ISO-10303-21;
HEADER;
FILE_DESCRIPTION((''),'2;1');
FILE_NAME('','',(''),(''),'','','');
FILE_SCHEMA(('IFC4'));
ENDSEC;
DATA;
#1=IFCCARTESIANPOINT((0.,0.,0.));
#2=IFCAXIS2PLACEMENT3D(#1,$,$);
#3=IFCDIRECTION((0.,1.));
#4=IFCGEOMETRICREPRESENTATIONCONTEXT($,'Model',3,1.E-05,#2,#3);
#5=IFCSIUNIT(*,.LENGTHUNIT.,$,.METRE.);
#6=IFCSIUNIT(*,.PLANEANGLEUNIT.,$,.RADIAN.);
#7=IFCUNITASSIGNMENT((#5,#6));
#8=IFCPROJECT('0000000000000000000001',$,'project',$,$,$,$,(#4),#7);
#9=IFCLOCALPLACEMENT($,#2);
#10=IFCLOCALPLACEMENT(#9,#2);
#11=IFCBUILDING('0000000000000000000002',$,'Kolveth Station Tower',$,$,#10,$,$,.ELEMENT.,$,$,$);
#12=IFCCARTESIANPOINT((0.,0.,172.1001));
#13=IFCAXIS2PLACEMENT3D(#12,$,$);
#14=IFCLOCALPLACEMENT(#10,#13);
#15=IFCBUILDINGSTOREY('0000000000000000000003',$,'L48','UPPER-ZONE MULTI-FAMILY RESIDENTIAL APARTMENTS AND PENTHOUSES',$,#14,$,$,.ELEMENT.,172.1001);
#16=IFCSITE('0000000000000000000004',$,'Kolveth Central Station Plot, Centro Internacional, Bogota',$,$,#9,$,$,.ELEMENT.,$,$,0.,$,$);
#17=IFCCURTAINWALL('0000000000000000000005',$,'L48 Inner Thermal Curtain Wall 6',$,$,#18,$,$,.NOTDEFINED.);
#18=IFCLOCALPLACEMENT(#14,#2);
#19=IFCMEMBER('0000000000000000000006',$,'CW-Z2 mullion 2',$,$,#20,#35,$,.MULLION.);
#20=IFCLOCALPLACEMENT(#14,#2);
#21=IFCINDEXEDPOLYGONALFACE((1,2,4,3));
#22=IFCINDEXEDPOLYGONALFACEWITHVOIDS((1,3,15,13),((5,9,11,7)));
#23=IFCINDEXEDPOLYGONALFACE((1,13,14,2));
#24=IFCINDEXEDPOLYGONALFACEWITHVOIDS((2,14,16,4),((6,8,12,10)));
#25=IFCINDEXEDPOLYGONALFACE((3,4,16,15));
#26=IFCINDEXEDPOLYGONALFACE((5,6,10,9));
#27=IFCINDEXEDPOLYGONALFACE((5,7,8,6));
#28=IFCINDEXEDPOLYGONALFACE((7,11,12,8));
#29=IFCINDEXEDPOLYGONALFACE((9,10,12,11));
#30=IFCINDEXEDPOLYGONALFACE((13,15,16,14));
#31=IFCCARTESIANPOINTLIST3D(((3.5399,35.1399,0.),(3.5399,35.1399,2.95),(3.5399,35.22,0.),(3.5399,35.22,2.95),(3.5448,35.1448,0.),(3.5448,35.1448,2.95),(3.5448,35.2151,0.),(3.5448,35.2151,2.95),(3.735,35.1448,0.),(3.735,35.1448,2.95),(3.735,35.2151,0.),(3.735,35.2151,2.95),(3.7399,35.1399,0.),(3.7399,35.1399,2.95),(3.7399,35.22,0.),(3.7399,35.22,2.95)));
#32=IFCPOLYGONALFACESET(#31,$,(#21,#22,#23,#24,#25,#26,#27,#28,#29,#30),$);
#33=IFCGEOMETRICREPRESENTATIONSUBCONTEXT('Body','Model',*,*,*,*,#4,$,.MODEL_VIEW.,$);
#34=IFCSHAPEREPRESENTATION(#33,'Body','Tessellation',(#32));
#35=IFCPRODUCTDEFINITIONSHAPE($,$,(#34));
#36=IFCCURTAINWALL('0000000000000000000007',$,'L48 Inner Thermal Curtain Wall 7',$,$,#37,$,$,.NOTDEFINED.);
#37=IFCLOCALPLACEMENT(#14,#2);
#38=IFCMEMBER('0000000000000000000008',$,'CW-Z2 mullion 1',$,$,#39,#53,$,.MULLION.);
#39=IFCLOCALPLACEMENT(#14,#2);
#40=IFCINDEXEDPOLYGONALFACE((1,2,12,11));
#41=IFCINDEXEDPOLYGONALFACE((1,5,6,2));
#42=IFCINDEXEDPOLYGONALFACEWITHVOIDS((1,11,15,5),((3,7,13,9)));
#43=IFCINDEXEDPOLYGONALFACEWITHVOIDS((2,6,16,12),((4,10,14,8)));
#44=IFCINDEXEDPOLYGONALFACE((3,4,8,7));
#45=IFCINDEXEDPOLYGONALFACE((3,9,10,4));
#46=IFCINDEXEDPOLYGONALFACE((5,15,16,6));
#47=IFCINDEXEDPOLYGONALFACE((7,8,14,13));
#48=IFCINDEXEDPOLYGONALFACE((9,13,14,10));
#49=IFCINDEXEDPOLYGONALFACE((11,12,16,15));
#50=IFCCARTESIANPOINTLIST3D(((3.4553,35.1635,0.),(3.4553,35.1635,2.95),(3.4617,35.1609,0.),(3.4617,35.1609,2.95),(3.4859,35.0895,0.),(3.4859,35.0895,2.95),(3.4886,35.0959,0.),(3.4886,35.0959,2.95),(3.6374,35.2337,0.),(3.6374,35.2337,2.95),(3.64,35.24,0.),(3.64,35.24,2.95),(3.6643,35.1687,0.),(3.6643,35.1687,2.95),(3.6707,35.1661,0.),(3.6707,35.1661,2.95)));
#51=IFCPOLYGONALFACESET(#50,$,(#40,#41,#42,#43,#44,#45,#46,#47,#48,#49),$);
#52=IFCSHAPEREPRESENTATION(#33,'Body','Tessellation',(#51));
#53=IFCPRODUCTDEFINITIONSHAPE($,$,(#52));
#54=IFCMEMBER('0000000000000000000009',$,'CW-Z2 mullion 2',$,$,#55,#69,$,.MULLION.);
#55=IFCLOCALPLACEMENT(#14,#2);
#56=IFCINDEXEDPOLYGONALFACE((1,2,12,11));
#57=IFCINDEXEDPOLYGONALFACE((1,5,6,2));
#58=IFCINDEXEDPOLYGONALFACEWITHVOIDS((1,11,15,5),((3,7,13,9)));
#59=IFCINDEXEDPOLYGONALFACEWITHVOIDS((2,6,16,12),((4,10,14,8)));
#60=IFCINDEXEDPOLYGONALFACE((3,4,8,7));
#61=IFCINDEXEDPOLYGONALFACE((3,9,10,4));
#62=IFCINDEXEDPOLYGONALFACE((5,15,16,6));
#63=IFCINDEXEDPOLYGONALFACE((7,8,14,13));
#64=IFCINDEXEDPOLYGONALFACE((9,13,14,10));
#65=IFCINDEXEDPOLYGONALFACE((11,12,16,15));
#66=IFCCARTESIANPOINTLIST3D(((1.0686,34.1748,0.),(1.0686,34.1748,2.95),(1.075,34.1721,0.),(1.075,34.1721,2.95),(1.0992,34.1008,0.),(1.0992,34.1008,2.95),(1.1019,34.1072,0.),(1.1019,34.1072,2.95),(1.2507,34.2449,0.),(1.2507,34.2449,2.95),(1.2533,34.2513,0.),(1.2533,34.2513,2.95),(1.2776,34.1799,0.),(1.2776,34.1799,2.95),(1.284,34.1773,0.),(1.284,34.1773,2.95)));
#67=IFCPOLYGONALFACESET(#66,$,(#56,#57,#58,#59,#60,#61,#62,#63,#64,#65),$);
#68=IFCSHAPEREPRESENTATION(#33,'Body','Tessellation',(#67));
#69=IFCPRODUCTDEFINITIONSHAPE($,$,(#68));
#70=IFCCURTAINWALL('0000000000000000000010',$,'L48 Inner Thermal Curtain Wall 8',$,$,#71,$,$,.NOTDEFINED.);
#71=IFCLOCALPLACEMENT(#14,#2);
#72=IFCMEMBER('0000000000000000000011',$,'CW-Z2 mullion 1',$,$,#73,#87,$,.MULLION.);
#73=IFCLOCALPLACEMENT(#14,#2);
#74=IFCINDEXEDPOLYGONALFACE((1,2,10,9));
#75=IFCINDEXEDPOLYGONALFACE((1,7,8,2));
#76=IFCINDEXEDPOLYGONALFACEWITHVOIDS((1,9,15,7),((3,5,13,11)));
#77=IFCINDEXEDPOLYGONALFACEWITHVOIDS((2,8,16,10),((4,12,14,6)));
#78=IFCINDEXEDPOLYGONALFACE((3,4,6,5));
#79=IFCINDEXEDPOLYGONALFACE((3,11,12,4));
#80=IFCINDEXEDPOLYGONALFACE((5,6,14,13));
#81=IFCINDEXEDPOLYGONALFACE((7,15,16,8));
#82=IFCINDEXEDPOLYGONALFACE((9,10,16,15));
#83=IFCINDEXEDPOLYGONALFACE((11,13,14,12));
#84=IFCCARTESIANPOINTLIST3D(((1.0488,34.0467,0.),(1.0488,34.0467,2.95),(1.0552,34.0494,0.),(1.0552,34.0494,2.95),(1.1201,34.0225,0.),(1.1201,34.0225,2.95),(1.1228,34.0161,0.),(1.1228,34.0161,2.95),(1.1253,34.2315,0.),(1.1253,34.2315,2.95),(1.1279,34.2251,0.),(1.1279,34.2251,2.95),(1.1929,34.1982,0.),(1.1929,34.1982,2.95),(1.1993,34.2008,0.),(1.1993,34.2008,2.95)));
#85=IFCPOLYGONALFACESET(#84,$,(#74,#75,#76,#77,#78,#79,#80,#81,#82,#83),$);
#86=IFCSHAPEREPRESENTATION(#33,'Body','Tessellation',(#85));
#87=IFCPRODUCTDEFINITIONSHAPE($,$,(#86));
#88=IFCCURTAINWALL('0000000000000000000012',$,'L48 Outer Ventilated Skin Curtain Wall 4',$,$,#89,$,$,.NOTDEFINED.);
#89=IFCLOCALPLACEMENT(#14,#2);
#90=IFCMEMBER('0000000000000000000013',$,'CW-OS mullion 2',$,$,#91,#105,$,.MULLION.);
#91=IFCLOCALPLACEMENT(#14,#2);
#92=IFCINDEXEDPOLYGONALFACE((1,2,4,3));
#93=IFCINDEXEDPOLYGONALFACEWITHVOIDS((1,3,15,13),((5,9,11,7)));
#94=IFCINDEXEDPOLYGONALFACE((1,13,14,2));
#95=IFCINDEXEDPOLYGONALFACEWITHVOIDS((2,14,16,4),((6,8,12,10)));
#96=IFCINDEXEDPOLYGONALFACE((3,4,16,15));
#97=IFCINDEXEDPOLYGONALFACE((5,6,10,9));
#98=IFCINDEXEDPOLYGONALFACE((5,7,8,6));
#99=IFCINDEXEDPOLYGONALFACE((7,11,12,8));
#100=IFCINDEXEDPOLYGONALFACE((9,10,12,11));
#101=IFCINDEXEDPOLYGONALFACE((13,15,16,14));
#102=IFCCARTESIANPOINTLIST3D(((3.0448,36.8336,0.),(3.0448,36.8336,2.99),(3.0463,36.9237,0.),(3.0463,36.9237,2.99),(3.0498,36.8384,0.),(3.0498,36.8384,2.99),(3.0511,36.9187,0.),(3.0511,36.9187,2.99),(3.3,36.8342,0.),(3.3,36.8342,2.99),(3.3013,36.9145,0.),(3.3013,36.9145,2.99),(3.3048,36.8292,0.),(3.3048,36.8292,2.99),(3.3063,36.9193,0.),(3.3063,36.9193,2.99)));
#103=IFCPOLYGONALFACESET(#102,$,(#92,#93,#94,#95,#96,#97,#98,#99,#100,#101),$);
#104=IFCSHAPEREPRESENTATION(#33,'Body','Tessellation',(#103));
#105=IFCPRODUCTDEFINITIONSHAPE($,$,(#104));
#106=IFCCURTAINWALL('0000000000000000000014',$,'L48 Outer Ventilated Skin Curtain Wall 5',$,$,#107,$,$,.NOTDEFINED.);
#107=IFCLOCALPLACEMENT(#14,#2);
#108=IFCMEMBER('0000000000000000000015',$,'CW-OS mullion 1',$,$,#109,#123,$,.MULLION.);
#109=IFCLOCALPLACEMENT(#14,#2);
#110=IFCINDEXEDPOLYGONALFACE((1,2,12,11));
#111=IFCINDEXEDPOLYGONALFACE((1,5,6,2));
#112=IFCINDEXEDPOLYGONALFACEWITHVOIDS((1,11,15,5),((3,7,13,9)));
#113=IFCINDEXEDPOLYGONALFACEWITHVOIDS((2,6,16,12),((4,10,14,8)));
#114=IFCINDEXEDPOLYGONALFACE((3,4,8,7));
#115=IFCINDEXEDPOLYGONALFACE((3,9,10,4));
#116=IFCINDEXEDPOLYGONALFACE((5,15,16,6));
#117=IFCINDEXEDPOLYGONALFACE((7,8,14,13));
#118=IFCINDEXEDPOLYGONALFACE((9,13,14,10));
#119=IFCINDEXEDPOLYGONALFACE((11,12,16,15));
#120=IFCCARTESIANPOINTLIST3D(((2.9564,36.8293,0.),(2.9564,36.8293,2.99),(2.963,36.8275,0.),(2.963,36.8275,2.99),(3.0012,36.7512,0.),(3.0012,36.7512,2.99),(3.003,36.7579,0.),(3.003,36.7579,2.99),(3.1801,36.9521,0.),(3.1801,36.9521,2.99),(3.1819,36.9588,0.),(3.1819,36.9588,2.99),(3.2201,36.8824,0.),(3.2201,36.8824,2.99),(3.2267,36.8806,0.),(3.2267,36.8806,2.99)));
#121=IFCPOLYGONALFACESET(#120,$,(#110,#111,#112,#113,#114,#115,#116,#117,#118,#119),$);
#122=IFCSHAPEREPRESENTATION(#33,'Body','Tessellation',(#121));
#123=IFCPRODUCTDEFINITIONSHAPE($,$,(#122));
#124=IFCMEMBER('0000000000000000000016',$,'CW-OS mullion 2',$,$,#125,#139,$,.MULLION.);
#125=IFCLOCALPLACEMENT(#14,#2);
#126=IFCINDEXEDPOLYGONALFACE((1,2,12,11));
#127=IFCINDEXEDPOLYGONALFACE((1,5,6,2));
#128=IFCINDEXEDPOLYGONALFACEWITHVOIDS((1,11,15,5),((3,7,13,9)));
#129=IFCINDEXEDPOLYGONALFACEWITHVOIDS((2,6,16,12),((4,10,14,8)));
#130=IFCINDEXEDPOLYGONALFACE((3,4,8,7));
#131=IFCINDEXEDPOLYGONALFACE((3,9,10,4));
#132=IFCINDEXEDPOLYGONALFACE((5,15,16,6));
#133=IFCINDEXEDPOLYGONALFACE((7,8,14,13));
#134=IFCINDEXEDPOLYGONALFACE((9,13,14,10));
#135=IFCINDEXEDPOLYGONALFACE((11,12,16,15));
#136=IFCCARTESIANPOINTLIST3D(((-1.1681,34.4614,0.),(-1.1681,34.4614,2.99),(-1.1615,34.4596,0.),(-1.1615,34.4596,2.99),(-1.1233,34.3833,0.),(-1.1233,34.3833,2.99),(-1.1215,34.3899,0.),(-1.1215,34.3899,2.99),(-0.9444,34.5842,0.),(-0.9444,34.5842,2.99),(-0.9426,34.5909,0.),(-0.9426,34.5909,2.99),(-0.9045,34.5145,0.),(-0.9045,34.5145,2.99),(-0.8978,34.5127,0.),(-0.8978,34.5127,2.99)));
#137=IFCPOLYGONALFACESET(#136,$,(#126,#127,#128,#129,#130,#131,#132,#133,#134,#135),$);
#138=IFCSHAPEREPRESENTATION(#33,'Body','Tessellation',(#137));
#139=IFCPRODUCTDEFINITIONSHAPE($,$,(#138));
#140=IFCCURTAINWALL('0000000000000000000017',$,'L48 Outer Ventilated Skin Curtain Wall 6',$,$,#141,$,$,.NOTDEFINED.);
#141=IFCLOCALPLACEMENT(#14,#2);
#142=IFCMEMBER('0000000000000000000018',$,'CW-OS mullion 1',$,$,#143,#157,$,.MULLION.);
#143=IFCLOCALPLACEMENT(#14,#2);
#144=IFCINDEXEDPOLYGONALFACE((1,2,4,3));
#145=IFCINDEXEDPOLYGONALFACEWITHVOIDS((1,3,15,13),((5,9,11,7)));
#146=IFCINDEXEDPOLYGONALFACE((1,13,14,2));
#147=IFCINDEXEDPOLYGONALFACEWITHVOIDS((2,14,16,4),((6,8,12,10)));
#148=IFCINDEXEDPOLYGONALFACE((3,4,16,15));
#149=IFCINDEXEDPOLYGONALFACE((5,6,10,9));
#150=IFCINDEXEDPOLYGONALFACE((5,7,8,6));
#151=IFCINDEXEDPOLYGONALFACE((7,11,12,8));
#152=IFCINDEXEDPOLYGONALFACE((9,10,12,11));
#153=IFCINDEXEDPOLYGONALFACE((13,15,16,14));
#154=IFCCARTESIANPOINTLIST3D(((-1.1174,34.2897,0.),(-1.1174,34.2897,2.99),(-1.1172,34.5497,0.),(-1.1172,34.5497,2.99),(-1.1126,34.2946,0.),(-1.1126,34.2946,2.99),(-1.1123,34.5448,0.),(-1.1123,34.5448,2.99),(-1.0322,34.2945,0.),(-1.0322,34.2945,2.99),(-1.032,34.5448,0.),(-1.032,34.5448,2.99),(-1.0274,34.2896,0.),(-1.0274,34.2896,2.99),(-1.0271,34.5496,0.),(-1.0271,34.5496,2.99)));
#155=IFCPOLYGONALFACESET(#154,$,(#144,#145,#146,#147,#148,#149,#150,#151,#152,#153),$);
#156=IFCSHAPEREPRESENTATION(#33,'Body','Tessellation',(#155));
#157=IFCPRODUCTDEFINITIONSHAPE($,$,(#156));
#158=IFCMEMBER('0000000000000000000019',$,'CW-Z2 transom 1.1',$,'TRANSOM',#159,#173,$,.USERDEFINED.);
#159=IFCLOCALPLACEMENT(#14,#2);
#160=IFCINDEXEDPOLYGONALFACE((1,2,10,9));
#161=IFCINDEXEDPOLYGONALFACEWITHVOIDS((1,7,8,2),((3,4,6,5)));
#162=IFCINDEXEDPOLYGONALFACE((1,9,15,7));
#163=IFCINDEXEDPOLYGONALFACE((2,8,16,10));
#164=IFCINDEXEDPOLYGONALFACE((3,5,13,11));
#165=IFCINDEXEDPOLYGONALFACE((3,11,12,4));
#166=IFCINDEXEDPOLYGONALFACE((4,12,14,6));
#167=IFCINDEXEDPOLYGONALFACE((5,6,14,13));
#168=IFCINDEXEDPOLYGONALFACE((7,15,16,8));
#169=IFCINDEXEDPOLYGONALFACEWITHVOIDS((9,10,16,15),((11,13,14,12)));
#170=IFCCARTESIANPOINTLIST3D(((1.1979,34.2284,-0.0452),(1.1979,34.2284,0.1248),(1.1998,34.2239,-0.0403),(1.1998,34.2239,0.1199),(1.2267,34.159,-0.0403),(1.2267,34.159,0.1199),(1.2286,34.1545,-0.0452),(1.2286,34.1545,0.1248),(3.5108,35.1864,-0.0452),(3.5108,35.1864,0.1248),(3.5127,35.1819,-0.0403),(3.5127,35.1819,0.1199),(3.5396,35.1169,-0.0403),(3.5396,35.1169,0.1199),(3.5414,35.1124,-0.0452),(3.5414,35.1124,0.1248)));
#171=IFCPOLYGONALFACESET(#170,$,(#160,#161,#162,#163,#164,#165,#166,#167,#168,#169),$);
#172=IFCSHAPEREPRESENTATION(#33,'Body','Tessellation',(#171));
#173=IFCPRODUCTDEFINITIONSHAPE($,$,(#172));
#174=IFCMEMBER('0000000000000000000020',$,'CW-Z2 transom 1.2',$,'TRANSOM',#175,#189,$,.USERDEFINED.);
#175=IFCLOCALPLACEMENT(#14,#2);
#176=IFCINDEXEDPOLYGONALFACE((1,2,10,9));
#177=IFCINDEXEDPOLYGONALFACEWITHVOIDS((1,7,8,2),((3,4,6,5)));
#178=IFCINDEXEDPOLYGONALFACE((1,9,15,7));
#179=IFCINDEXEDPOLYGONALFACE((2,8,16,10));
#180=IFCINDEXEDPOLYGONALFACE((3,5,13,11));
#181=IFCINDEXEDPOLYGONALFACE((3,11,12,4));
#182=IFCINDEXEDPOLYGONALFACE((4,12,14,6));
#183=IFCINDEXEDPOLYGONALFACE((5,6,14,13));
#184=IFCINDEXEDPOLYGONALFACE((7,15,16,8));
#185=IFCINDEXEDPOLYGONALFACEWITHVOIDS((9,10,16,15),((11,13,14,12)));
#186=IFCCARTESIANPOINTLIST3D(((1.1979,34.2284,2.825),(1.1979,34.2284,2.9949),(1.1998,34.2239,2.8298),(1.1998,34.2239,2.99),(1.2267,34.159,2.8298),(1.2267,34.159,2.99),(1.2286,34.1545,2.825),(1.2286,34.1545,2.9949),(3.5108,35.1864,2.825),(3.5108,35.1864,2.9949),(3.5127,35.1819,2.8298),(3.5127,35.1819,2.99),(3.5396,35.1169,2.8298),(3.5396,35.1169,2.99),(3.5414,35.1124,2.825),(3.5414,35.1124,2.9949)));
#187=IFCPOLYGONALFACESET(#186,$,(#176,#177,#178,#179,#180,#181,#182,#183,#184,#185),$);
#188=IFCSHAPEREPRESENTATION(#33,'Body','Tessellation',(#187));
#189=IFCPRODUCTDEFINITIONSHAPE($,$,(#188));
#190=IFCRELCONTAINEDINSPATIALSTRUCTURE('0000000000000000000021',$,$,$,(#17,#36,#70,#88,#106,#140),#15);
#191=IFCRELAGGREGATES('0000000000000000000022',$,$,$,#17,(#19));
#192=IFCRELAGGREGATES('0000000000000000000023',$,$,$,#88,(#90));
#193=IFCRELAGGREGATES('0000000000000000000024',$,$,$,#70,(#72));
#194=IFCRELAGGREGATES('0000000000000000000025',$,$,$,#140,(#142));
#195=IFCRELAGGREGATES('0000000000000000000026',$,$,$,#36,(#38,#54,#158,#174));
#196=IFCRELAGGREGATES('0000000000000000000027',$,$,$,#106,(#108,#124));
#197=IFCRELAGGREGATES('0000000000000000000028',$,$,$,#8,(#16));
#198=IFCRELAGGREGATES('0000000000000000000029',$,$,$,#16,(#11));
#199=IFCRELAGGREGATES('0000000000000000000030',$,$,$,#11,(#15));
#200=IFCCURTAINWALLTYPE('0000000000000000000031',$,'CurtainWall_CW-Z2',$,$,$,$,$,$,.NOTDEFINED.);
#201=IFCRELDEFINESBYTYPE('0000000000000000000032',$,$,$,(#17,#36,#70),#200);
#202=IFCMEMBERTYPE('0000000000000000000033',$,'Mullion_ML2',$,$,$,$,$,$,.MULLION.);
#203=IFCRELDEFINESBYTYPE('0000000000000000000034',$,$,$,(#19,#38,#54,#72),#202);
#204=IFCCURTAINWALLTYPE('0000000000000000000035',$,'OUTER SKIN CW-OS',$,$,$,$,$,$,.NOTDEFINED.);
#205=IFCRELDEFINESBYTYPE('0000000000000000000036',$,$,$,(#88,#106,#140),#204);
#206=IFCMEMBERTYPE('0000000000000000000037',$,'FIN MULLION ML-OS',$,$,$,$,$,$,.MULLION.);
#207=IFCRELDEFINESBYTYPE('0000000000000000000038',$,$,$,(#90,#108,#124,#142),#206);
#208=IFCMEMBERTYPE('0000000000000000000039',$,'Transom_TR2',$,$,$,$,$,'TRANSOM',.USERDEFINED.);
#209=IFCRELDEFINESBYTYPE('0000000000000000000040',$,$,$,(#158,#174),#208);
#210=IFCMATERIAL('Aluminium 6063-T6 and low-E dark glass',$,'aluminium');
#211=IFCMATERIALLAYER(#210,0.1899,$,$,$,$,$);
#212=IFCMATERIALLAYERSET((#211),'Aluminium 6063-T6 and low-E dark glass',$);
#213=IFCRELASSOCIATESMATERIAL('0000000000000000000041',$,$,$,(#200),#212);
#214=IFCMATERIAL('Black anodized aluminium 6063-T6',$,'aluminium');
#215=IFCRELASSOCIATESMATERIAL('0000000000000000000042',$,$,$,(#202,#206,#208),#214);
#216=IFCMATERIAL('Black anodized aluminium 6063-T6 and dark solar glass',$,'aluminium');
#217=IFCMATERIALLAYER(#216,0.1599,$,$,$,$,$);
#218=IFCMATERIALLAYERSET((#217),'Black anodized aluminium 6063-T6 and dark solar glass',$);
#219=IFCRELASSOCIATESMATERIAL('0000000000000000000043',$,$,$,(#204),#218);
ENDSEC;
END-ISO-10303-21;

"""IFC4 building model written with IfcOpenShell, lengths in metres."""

from ifc_helpers import new_model, si_unit, direction, frame, origin, origin_2d, place, context, subcontext, project, spatial, hollow_rectangle, extrude, source, transform, mapped, material, layer, layer_set, material_profile, profile_set, type_object, element, aggregate, save


model = new_model("IFC4")

# Units and contexts
model_context = context("Model", 3, precision=1e-05, world=origin(), true_north=direction((0.0, 1.0)))
body_context = subcontext(model_context, "Body", "Model", "MODEL_VIEW")
ifc_project = project(units=[si_unit("LENGTHUNIT", "METRE"), si_unit("PLANEANGLEUNIT", "RADIAN")], contexts=[model_context])

# Site, building, storey
site_placement = place(None, origin())
site = spatial("IfcSite", under=ifc_project, at=site_placement, Name="Kolveth Central Station Plot, Centro Internacional, Bogota", CompositionType="ELEMENT", RefElevation=0.0)
building_placement = place(site_placement, origin())
building = spatial("IfcBuilding", under=site, at=building_placement, Name="Kolveth Station Tower", CompositionType="ELEMENT")
storey_placement = place(building_placement, frame((0.0, 0.0, 172.1001)))
storey = spatial("IfcBuildingStorey", under=building, at=storey_placement, Name="L48", Description="UPPER-ZONE MULTI-FAMILY RESIDENTIAL APARTMENTS AND PENTHOUSES", CompositionType="ELEMENT", Elevation=172.1001)

# Curtain wall, member
ifc_material_1 = material(Name="Aluminium 6063-T6 and low-E dark glass", Category="aluminium")
ifc_layer_1 = layer(ifc_material_1, 0.1899)
ifc_layer_set_1 = layer_set([ifc_layer_1], Name="Aluminium 6063-T6 and low-E dark glass")
curtain_wall_type_1 = type_object("IfcCurtainWallType", Name="CurtainWall_CW-Z2", PredefinedType="NOTDEFINED", material=ifc_layer_set_1)
curtain_wall_1_placement = place(storey_placement, origin())
curtain_wall_1 = element("IfcCurtainWall", 1, at=curtain_wall_1_placement, inside=storey, type_object=curtain_wall_type_1, Name="L48 Inner Thermal Curtain Wall 6", PredefinedType="NOTDEFINED")
ifc_material_2 = material(Name="Black anodized aluminium 6063-T6", Category="aluminium")
ifc_material_profile_1 = material_profile(ifc_material_2, hollow_rectangle(XDim=0.0801, YDim=0.2, WallThickness=0.0049, at=origin_2d()), Name="ALU-80x200x5")
ifc_profile_set_1 = profile_set([ifc_material_profile_1], Name="Black anodized aluminium 6063-T6")
member_type_1 = type_object("IfcMemberType", Name="Mullion_ML2", PredefinedType="MULLION", material=ifc_profile_set_1)
shared_shape_1 = source(origin(), body_context, "Body", "SweptSolid", [
    extrude(hollow_rectangle(XDim=0.0801, YDim=0.2, WallThickness=0.0049, at=origin_2d()), origin(), (0.0, 0.0, 1.0), 2.95),
])
member_1_placement = place(storey_placement, frame((3.6399, 35.1799, 0.0), z_axis=(0.0, 0.0, 1.0), x_axis=(0.0, -1.0, 0.0)))
member_1 = element("IfcMember", 2, at=member_1_placement, type_object=member_type_1, Name="CW-Z2 mullion 2", PredefinedType="MULLION", context=body_context, shape_type="MappedRepresentation", body=[
    mapped(shared_shape_1, transform((0.0, 0.0, 0.0), x_axis=(1.0, 0.0, 0.0), y_axis=(0.0, 1.0, 0.0), z_axis=(0.0, 0.0, 1.0), scale=1.0)),
])
aggregate(curtain_wall_1, [member_1])

# Curtain wall, members
curtain_wall_2_placement = place(storey_placement, origin())
curtain_wall_2 = element("IfcCurtainWall", 3, at=curtain_wall_2_placement, inside=storey, type_object=curtain_wall_type_1, Name="L48 Inner Thermal Curtain Wall 7", PredefinedType="NOTDEFINED")
member_2_placement = place(storey_placement, frame((3.563, 35.1648, 0.0), z_axis=(0.0, 0.0, 1.0), x_axis=(0.382698, -0.923874, 0.0)))
member_2 = element("IfcMember", 4, at=member_2_placement, type_object=member_type_1, Name="CW-Z2 mullion 1", PredefinedType="MULLION", context=body_context, shape_type="MappedRepresentation", body=[
    mapped(shared_shape_1, transform((0.0, 0.0, 0.0), x_axis=(1.0, 0.0, 0.0), y_axis=(0.0, 1.0, 0.0), z_axis=(0.0, 0.0, 1.0), scale=1.0)),
])
member_3_placement = place(storey_placement, frame((1.1763, 34.176, 0.0), z_axis=(0.0, 0.0, 1.0), x_axis=(0.382698, -0.923874, 0.0)))
member_3 = element("IfcMember", 5, at=member_3_placement, type_object=member_type_1, Name="CW-Z2 mullion 2", PredefinedType="MULLION", context=body_context, shape_type="MappedRepresentation", body=[
    mapped(shared_shape_1, transform((0.0, 0.0, 0.0), x_axis=(1.0, 0.0, 0.0), y_axis=(0.0, 1.0, 0.0), z_axis=(0.0, 0.0, 1.0), scale=1.0)),
])

# Curtain walls, members
curtain_wall_3_placement = place(storey_placement, origin())
curtain_wall_3 = element("IfcCurtainWall", 6, at=curtain_wall_3_placement, inside=storey, type_object=curtain_wall_type_1, Name="L48 Inner Thermal Curtain Wall 8", PredefinedType="NOTDEFINED")
member_4_placement = place(storey_placement, frame((1.124, 34.1238, 0.0), z_axis=(0.0, 0.0, 1.0), x_axis=(0.923874, -0.382698, 0.0)))
member_4 = element("IfcMember", 7, at=member_4_placement, type_object=member_type_1, Name="CW-Z2 mullion 1", PredefinedType="MULLION", context=body_context, shape_type="MappedRepresentation", body=[
    mapped(shared_shape_1, transform((0.0, 0.0, 0.0), x_axis=(1.0, 0.0, 0.0), y_axis=(0.0, 1.0, 0.0), z_axis=(0.0, 0.0, 1.0), scale=1.0)),
])
ifc_material_3 = material(Name="Black anodized aluminium 6063-T6 and dark solar glass", Category="aluminium")
ifc_layer_2 = layer(ifc_material_3, 0.1599)
ifc_layer_set_2 = layer_set([ifc_layer_2], Name="Black anodized aluminium 6063-T6 and dark solar glass")
curtain_wall_type_2 = type_object("IfcCurtainWallType", Name="OUTER SKIN CW-OS", PredefinedType="NOTDEFINED", material=ifc_layer_set_2)
curtain_wall_4_placement = place(storey_placement, origin())
curtain_wall_4 = element("IfcCurtainWall", 8, at=curtain_wall_4_placement, inside=storey, type_object=curtain_wall_type_2, Name="L48 Outer Ventilated Skin Curtain Wall 4", PredefinedType="NOTDEFINED")
ifc_material_profile_2 = material_profile(ifc_material_2, hollow_rectangle(XDim=0.0901, YDim=0.26, WallThickness=0.0049, at=origin_2d()), Name="ALU-90x260x5")
ifc_profile_set_2 = profile_set([ifc_material_profile_2], Name="Black anodized aluminium 6063-T6")
member_type_2 = type_object("IfcMemberType", Name="FIN MULLION ML-OS", PredefinedType="MULLION", material=ifc_profile_set_2)
shared_shape_2 = source(origin(), body_context, "Body", "SweptSolid", [
    extrude(hollow_rectangle(XDim=0.0901, YDim=0.26, WallThickness=0.0049, at=origin_2d()), origin(), (0.0, 0.0, 1.0), 2.99),
])
member_5_placement = place(storey_placement, frame((3.1755, 36.8765, 0.0), z_axis=(0.0, 0.0, 1.0), x_axis=(-0.0168, -0.999859, 0.0)))
member_5 = element("IfcMember", 9, at=member_5_placement, type_object=member_type_2, Name="CW-OS mullion 2", PredefinedType="MULLION", context=body_context, shape_type="MappedRepresentation", body=[
    mapped(shared_shape_2, transform((0.0, 0.0, 0.0), x_axis=(1.0, 0.0, 0.0), y_axis=(0.0, 1.0, 0.0), z_axis=(0.0, 0.0, 1.0), scale=1.0)),
])
aggregate(curtain_wall_4, [member_5])

# Curtain wall, members
curtain_wall_5_placement = place(storey_placement, origin())
curtain_wall_5 = element("IfcCurtainWall", 10, at=curtain_wall_5_placement, inside=storey, type_object=curtain_wall_type_2, Name="L48 Outer Ventilated Skin Curtain Wall 5", PredefinedType="NOTDEFINED")
member_6_placement = place(storey_placement, frame((3.0916, 36.855, 0.0), z_axis=(0.0, 0.0, 1.0), x_axis=(0.497882, -0.867245, 0.0)))
member_6 = element("IfcMember", 11, at=member_6_placement, type_object=member_type_2, Name="CW-OS mullion 1", PredefinedType="MULLION", context=body_context, shape_type="MappedRepresentation", body=[
    mapped(shared_shape_2, transform((0.0, 0.0, 0.0), x_axis=(1.0, 0.0, 0.0), y_axis=(0.0, 1.0, 0.0), z_axis=(0.0, 0.0, 1.0), scale=1.0)),
])
member_7_placement = place(storey_placement, frame((-1.033, 34.4871, 0.0), z_axis=(0.0, 0.0, 1.0), x_axis=(0.497882, -0.867245, 0.0)))
member_7 = element("IfcMember", 12, at=member_7_placement, type_object=member_type_2, Name="CW-OS mullion 2", PredefinedType="MULLION", context=body_context, shape_type="MappedRepresentation", body=[
    mapped(shared_shape_2, transform((0.0, 0.0, 0.0), x_axis=(1.0, 0.0, 0.0), y_axis=(0.0, 1.0, 0.0), z_axis=(0.0, 0.0, 1.0), scale=1.0)),
])

# Curtain wall, member
curtain_wall_6_placement = place(storey_placement, origin())
curtain_wall_6 = element("IfcCurtainWall", 13, at=curtain_wall_6_placement, inside=storey, type_object=curtain_wall_type_2, Name="L48 Outer Ventilated Skin Curtain Wall 6", PredefinedType="NOTDEFINED")
member_8_placement = place(storey_placement, frame((-1.0723, 34.4197, 0.0), z_axis=(0.0, 0.0, 1.0), x_axis=(0.999999, -0.001057, 0.0)))
member_8 = element("IfcMember", 14, at=member_8_placement, type_object=member_type_2, Name="CW-OS mullion 1", PredefinedType="MULLION", context=body_context, shape_type="MappedRepresentation", body=[
    mapped(shared_shape_2, transform((0.0, 0.0, 0.0), x_axis=(1.0, 0.0, 0.0), y_axis=(0.0, 1.0, 0.0), z_axis=(0.0, 0.0, 1.0), scale=1.0)),
])

# Members
ifc_material_profile_3 = material_profile(ifc_material_2, hollow_rectangle(XDim=0.0801, YDim=0.1699, WallThickness=0.0049, at=origin_2d()), Name="ALU-80x170x5")
ifc_profile_set_3 = profile_set([ifc_material_profile_3], Name="Black anodized aluminium 6063-T6")
member_type_3 = type_object("IfcMemberType", Name="Transom_TR2", ElementType="TRANSOM", PredefinedType="USERDEFINED", material=ifc_profile_set_3)
shared_shape_3 = source(origin(), body_context, "Body", "SweptSolid", [
    extrude(hollow_rectangle(XDim=0.0801, YDim=0.1699, WallThickness=0.0049, at=origin_2d()), origin(), (0.0, 0.0, 1.0), 2.5034),
])
member_9_placement = place(storey_placement, frame((3.5261, 35.1494, 0.0398), z_axis=(-0.923888, -0.382662, 0.0), x_axis=(0.382662, -0.923888, 0.0)))
member_9 = element("IfcMember", 15, at=member_9_placement, type_object=member_type_3, Name="CW-Z2 transom 1.1", ObjectType="TRANSOM", PredefinedType="USERDEFINED", context=body_context, shape_type="MappedRepresentation", body=[
    mapped(shared_shape_3, transform((0.0, 0.0, 0.0), x_axis=(1.0, 0.0, 0.0), y_axis=(0.0, 1.0, 0.0), z_axis=(0.0, 0.0, 1.0), scale=1.0)),
])
member_10_placement = place(storey_placement, frame((3.5261, 35.1494, 2.9099), z_axis=(-0.923888, -0.382662, 0.0), x_axis=(0.382662, -0.923888, 0.0)))
member_10 = element("IfcMember", 16, at=member_10_placement, type_object=member_type_3, Name="CW-Z2 transom 1.2", ObjectType="TRANSOM", PredefinedType="USERDEFINED", context=body_context, shape_type="MappedRepresentation", body=[
    mapped(shared_shape_3, transform((0.0, 0.0, 0.0), x_axis=(1.0, 0.0, 0.0), y_axis=(0.0, 1.0, 0.0), z_axis=(0.0, 0.0, 1.0), scale=1.0)),
])
aggregate(curtain_wall_3, [member_4])
aggregate(curtain_wall_6, [member_8])

aggregate(curtain_wall_2, [member_2, member_3, member_9, member_10])
aggregate(curtain_wall_5, [member_6, member_7])

save(model, "model.ifc")
